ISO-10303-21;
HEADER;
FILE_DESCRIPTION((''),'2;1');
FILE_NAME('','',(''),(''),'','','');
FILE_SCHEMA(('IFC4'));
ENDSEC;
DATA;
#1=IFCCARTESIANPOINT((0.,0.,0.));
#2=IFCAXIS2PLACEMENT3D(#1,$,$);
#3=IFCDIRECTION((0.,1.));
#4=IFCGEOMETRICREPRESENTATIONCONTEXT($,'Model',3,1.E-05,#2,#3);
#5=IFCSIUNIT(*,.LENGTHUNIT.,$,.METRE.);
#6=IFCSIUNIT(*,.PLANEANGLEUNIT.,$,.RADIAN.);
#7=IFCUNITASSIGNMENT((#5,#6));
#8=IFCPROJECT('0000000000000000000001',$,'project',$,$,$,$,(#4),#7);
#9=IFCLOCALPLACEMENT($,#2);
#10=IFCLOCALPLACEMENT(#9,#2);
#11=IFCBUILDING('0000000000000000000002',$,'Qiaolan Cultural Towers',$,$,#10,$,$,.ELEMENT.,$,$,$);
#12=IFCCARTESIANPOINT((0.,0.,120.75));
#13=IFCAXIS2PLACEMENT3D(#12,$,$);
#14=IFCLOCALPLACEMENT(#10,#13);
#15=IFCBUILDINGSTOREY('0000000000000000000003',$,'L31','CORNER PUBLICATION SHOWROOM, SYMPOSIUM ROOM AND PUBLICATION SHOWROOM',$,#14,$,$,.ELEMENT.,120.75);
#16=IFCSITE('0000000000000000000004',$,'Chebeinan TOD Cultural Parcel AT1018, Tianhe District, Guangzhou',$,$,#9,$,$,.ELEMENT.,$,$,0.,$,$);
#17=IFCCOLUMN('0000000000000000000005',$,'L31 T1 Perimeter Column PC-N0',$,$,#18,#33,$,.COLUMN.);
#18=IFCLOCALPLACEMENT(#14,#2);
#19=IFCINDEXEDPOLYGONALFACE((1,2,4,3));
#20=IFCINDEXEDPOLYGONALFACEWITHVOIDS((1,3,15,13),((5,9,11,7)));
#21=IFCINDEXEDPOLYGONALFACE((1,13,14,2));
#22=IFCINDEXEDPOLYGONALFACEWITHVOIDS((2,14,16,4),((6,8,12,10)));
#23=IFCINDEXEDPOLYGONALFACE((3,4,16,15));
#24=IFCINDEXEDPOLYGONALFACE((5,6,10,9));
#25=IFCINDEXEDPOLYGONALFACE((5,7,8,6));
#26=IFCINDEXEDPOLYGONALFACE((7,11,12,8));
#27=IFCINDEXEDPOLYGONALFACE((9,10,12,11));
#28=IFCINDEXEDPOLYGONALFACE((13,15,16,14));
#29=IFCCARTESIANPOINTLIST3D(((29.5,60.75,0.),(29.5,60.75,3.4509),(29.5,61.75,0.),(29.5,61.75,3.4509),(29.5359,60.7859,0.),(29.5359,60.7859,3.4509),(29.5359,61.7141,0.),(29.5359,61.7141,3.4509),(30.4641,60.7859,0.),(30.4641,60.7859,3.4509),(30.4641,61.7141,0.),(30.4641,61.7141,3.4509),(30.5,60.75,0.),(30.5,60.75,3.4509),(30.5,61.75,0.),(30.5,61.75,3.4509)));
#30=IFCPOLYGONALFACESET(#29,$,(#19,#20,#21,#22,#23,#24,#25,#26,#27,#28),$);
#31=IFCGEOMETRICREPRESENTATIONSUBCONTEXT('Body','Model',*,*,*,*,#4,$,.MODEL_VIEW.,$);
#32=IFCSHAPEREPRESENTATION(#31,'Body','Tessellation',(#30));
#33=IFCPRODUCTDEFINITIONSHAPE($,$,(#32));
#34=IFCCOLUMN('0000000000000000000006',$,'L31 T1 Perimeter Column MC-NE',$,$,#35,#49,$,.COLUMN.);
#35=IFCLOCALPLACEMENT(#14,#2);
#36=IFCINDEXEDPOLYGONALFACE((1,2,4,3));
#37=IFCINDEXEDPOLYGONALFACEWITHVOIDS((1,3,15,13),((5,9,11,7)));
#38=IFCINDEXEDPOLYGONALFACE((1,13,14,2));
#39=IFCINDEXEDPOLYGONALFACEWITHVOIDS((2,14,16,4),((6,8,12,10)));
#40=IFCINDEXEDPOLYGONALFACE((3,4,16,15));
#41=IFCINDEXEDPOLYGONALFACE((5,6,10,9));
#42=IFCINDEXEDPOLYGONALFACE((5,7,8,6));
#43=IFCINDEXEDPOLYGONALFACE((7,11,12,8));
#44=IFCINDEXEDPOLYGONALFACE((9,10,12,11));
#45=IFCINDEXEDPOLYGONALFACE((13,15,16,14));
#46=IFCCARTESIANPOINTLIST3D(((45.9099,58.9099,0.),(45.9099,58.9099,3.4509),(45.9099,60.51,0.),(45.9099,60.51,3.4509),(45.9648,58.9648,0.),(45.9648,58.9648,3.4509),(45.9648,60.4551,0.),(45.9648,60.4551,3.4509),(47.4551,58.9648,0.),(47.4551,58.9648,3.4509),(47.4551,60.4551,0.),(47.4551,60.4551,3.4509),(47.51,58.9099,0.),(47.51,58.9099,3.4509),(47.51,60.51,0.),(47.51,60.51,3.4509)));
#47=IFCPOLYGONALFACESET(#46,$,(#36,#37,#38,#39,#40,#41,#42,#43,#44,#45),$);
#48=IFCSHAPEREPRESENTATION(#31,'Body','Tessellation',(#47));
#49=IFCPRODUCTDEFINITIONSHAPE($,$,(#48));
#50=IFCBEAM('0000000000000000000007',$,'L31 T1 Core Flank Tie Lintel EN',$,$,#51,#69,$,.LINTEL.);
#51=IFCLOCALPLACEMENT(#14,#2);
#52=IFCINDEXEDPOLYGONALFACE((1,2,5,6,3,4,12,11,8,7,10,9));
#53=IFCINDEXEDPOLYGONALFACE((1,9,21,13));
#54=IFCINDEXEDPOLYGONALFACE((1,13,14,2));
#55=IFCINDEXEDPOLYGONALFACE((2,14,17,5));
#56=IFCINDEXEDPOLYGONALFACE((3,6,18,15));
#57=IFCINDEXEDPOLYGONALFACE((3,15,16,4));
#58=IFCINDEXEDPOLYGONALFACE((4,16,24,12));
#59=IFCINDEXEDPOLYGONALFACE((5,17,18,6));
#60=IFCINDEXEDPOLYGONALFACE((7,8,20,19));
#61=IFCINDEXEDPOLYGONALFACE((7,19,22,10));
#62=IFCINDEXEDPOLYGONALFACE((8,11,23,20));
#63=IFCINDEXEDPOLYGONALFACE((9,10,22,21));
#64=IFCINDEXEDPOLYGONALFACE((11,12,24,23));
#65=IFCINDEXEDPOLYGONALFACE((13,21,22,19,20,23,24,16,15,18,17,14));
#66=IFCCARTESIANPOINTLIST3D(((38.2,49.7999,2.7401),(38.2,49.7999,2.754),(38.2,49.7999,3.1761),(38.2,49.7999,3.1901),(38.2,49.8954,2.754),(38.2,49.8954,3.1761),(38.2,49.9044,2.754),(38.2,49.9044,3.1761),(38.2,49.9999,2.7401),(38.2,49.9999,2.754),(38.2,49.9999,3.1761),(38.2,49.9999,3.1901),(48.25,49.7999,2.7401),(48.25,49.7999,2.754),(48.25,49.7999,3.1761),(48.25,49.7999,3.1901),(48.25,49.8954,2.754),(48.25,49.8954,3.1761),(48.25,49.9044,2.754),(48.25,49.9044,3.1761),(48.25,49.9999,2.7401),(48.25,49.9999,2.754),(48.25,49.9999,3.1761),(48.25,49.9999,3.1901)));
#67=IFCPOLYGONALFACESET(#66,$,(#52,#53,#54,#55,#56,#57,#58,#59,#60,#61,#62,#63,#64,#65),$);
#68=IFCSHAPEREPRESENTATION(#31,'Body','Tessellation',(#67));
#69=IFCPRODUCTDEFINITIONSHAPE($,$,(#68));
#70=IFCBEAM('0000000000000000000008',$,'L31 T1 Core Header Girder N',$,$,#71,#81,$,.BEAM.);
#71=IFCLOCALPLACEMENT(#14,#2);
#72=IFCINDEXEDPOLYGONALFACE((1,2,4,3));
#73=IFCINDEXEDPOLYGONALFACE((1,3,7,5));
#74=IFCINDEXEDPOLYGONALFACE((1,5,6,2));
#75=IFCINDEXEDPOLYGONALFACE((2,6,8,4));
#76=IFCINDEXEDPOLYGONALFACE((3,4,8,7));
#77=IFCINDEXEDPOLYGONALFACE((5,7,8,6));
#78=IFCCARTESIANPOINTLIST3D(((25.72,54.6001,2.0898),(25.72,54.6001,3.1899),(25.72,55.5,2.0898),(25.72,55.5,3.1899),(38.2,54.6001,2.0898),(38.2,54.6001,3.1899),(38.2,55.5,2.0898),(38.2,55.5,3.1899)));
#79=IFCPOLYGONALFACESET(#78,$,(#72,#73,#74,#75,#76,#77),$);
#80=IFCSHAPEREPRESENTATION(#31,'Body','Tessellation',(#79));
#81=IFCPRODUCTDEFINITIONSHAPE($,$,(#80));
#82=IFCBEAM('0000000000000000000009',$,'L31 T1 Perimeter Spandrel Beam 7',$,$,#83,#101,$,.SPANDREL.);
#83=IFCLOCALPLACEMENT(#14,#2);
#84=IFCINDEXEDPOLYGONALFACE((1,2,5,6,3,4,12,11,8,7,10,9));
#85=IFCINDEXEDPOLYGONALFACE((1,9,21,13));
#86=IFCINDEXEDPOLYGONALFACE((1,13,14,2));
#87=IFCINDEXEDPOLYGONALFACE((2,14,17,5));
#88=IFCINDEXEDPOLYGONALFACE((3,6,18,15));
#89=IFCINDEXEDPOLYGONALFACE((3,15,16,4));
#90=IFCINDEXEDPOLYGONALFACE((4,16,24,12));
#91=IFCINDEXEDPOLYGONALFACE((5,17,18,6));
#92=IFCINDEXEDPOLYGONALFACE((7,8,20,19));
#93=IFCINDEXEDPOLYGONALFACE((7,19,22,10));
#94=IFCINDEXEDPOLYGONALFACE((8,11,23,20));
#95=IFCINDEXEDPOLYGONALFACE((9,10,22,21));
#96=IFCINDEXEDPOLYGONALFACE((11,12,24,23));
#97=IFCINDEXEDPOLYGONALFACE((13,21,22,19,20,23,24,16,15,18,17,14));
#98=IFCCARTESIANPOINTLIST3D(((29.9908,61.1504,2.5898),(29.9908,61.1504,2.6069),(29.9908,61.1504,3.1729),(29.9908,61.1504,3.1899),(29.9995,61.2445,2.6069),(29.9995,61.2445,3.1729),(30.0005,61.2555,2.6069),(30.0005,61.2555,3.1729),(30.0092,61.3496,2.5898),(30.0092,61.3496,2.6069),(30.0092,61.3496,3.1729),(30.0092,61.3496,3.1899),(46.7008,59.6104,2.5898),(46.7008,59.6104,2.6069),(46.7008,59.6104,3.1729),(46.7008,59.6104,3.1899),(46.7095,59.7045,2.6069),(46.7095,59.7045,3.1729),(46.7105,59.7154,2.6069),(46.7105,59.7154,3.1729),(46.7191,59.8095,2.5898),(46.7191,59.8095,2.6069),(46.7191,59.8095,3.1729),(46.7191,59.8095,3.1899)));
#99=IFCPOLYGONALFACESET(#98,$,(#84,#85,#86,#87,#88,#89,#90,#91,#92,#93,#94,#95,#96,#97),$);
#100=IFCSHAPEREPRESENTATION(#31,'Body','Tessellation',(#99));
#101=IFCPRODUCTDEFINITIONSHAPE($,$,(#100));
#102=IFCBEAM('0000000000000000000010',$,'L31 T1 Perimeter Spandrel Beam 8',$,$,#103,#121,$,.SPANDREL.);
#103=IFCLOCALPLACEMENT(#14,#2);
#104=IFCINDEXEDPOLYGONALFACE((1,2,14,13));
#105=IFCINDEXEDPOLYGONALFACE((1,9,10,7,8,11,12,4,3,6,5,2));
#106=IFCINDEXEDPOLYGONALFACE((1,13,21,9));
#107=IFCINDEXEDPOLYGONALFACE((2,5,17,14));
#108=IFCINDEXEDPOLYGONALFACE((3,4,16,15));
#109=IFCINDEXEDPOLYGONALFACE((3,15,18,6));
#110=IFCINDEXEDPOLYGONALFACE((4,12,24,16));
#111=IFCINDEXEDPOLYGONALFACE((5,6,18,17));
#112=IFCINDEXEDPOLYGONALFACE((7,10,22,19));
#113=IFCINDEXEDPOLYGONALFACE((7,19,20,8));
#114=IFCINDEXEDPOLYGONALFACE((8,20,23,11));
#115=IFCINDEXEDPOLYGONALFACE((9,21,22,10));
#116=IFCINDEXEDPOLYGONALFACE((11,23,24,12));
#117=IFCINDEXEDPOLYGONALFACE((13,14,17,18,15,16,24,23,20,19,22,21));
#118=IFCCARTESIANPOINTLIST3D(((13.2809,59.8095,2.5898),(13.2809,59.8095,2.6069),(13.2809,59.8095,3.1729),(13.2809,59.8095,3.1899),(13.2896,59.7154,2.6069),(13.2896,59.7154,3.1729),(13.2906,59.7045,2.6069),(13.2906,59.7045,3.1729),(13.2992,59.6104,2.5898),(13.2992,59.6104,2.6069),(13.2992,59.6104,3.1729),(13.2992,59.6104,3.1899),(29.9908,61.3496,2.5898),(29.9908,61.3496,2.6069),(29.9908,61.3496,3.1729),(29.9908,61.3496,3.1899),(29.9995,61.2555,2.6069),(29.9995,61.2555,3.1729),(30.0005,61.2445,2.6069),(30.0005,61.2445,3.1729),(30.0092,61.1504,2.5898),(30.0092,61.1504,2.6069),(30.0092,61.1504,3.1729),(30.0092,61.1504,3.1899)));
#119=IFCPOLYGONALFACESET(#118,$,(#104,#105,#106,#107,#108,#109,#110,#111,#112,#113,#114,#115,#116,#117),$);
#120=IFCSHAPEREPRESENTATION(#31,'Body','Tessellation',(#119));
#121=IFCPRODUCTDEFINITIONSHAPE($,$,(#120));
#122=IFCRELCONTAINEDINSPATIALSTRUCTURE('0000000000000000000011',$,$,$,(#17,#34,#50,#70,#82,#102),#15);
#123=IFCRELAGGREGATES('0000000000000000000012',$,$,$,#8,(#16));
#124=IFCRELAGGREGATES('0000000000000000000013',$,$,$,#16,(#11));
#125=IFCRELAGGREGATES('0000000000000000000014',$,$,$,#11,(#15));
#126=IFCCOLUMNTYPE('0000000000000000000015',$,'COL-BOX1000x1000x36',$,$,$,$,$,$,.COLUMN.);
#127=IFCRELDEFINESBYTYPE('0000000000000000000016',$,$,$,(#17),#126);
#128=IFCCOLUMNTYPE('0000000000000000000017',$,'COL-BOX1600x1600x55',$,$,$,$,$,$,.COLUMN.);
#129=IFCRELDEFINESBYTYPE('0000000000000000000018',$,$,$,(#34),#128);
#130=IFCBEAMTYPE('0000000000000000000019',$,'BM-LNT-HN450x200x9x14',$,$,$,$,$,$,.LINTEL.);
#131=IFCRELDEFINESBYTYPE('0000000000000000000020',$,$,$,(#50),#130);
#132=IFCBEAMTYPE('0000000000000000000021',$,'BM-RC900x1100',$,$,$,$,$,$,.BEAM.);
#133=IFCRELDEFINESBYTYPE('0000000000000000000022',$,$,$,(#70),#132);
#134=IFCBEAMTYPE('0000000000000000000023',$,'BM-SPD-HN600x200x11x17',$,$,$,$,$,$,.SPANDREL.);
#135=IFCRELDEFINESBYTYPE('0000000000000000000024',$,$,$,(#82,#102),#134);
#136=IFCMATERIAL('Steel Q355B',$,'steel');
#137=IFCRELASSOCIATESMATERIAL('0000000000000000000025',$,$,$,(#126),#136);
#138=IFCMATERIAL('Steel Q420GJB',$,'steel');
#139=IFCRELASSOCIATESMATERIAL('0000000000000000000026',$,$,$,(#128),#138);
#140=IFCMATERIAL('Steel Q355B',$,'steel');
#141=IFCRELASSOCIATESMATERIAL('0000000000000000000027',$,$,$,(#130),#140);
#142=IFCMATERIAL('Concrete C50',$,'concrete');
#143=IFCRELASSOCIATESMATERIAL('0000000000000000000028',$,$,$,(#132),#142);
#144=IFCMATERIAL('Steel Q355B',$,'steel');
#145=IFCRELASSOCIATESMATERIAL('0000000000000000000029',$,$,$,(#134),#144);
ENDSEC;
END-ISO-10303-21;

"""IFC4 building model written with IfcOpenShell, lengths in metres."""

from ifc_helpers import new_model, si_unit, direction, frame, origin, origin_2d, place, context, subcontext, project, spatial, rectangle, hollow_rectangle, i_section, extrude, material, material_profile, profile_set, type_object, element, save


model = new_model("IFC4")

# Units and contexts
model_context = context("Model", 3, precision=1e-05, world=origin(), true_north=direction((0.0, 1.0)))
body_context = subcontext(model_context, "Body", "Model", "MODEL_VIEW")
ifc_project = project(units=[si_unit("LENGTHUNIT", "METRE"), si_unit("PLANEANGLEUNIT", "RADIAN")], contexts=[model_context])

# Site, building, storey
site_placement = place(None, origin())
site = spatial("IfcSite", under=ifc_project, at=site_placement, Name="Chebeinan TOD Cultural Parcel AT1018, Tianhe District, Guangzhou", CompositionType="ELEMENT", RefElevation=0.0)
building_placement = place(site_placement, origin())
building = spatial("IfcBuilding", under=site, at=building_placement, Name="Qiaolan Cultural Towers", CompositionType="ELEMENT")
storey_placement = place(building_placement, frame((0.0, 0.0, 120.75)))
storey = spatial("IfcBuildingStorey", under=building, at=storey_placement, Name="L31", Description="CORNER PUBLICATION SHOWROOM, SYMPOSIUM ROOM AND PUBLICATION SHOWROOM", CompositionType="ELEMENT", Elevation=120.75)

# Columns
ifc_material_1 = material(Name="Steel Q355B", Category="steel")
ifc_material_profile_1 = material_profile(ifc_material_1, hollow_rectangle(XDim=1.0, YDim=1.0, WallThickness=0.0359, at=origin_2d()), Name="BOX1000x1000x36")
ifc_profile_set_1 = profile_set([ifc_material_profile_1], Name="Steel Q355B")
column_type_1 = type_object("IfcColumnType", Name="COL-BOX1000x1000x36", PredefinedType="COLUMN", material=ifc_profile_set_1)
column_1_placement = place(storey_placement, frame((30.0, 61.25, 0.0), z_axis=(0.0, 0.0, 1.0), x_axis=(1.0, 0.0, 0.0)))
element("IfcColumn", 1, at=column_1_placement, inside=storey, type_object=column_type_1, Name="L31 T1 Perimeter Column PC-N0", PredefinedType="COLUMN", context=body_context, shape_type="SweptSolid", body=[
    extrude(hollow_rectangle(XDim=1.0, YDim=1.0, WallThickness=0.0359, at=origin_2d()), origin(), (0.0, 0.0, 1.0), 3.4509),
])
ifc_material_2 = material(Name="Steel Q420GJB", Category="steel")
ifc_material_profile_2 = material_profile(ifc_material_2, hollow_rectangle(XDim=1.6001, YDim=1.6001, WallThickness=0.0549, at=origin_2d()), Name="BOX1600x1600x55")
ifc_profile_set_2 = profile_set([ifc_material_profile_2], Name="Steel Q420GJB")
column_type_2 = type_object("IfcColumnType", Name="COL-BOX1600x1600x55", PredefinedType="COLUMN", material=ifc_profile_set_2)
column_2_placement = place(storey_placement, frame((46.71, 59.71, 0.0), z_axis=(0.0, 0.0, 1.0), x_axis=(1.0, 0.0, 0.0)))
element("IfcColumn", 2, at=column_2_placement, inside=storey, type_object=column_type_2, Name="L31 T1 Perimeter Column MC-NE", PredefinedType="COLUMN", context=body_context, shape_type="SweptSolid", body=[
    extrude(hollow_rectangle(XDim=1.6001, YDim=1.6001, WallThickness=0.0549, at=origin_2d()), origin(), (0.0, 0.0, 1.0), 3.4509),
])

# Beams
ifc_material_3 = material(Name="Steel Q355B", Category="steel")
ifc_material_profile_3 = material_profile(ifc_material_3, i_section(OverallWidth=0.2, OverallDepth=0.45, WebThickness=0.009, FlangeThickness=0.0139, at=origin_2d()), Name="HN450x200x9x14")
ifc_profile_set_3 = profile_set([ifc_material_profile_3], Name="Steel Q355B")
beam_type_1 = type_object("IfcBeamType", Name="BM-LNT-HN450x200x9x14", PredefinedType="LINTEL", material=ifc_profile_set_3)
beam_1_placement = place(storey_placement, frame((38.2, 49.8999, 2.9651), z_axis=(1.0, 0.0, 0.0), x_axis=(0.0, 1.0, 0.0)))
element("IfcBeam", 3, at=beam_1_placement, inside=storey, type_object=beam_type_1, Name="L31 T1 Core Flank Tie Lintel EN", PredefinedType="LINTEL", context=body_context, shape_type="SweptSolid", body=[
    extrude(i_section(OverallWidth=0.2, OverallDepth=0.45, WebThickness=0.009, FlangeThickness=0.0139, at=origin_2d()), origin(), (0.0, 0.0, 1.0), 10.05),
])
ifc_material_4 = material(Name="Concrete C50", Category="concrete")
ifc_material_profile_4 = material_profile(ifc_material_4, rectangle(XDim=0.8999, YDim=1.1001, at=origin_2d()), Name="RC900x1100")
ifc_profile_set_4 = profile_set([ifc_material_profile_4], Name="Concrete C50")
beam_type_2 = type_object("IfcBeamType", Name="BM-RC900x1100", PredefinedType="BEAM", material=ifc_profile_set_4)
beam_2_placement = place(storey_placement, frame((25.72, 55.05, 2.6399), z_axis=(1.0, 0.0, 0.0), x_axis=(0.0, 1.0, 0.0)))
element("IfcBeam", 4, at=beam_2_placement, inside=storey, type_object=beam_type_2, Name="L31 T1 Core Header Girder N", PredefinedType="BEAM", context=body_context, shape_type="SweptSolid", body=[
    extrude(rectangle(XDim=0.8999, YDim=1.1001, at=origin_2d()), origin(), (0.0, 0.0, 1.0), 12.48),
])
ifc_material_5 = material(Name="Steel Q355B", Category="steel")
ifc_material_profile_5 = material_profile(ifc_material_5, i_section(OverallWidth=0.2, OverallDepth=0.6001, WebThickness=0.011, FlangeThickness=0.0171, at=origin_2d()), Name="HN600x200x11x17")
ifc_profile_set_5 = profile_set([ifc_material_profile_5], Name="Steel Q355B")
beam_type_3 = type_object("IfcBeamType", Name="BM-SPD-HN600x200x11x17", PredefinedType="SPANDREL", material=ifc_profile_set_5)
for number, where, z_axis, x_axis, name in (
    (5, (46.71, 59.71, 2.8899), (-0.99578, 0.091774, 0.0), (-0.091774, -0.99578, 0.0), "L31 T1 Perimeter Spandrel Beam 7"),
    (6, (30.0, 61.25, 2.8899), (-0.99578, -0.091774, 0.0), (0.091774, -0.99578, 0.0), "L31 T1 Perimeter Spandrel Beam 8"),
):
    element("IfcBeam", number, at=place(storey_placement, frame(where, z_axis=z_axis, x_axis=x_axis)), inside=storey, type_object=beam_type_3, Name=name, PredefinedType="SPANDREL", context=body_context, shape_type="SweptSolid", body=[
        extrude(i_section(OverallWidth=0.2, OverallDepth=0.6001, WebThickness=0.011, FlangeThickness=0.0171, at=origin_2d()), origin(), (0.0, 0.0, 1.0), 16.7808),
    ])

save(model, "model.ifc")
